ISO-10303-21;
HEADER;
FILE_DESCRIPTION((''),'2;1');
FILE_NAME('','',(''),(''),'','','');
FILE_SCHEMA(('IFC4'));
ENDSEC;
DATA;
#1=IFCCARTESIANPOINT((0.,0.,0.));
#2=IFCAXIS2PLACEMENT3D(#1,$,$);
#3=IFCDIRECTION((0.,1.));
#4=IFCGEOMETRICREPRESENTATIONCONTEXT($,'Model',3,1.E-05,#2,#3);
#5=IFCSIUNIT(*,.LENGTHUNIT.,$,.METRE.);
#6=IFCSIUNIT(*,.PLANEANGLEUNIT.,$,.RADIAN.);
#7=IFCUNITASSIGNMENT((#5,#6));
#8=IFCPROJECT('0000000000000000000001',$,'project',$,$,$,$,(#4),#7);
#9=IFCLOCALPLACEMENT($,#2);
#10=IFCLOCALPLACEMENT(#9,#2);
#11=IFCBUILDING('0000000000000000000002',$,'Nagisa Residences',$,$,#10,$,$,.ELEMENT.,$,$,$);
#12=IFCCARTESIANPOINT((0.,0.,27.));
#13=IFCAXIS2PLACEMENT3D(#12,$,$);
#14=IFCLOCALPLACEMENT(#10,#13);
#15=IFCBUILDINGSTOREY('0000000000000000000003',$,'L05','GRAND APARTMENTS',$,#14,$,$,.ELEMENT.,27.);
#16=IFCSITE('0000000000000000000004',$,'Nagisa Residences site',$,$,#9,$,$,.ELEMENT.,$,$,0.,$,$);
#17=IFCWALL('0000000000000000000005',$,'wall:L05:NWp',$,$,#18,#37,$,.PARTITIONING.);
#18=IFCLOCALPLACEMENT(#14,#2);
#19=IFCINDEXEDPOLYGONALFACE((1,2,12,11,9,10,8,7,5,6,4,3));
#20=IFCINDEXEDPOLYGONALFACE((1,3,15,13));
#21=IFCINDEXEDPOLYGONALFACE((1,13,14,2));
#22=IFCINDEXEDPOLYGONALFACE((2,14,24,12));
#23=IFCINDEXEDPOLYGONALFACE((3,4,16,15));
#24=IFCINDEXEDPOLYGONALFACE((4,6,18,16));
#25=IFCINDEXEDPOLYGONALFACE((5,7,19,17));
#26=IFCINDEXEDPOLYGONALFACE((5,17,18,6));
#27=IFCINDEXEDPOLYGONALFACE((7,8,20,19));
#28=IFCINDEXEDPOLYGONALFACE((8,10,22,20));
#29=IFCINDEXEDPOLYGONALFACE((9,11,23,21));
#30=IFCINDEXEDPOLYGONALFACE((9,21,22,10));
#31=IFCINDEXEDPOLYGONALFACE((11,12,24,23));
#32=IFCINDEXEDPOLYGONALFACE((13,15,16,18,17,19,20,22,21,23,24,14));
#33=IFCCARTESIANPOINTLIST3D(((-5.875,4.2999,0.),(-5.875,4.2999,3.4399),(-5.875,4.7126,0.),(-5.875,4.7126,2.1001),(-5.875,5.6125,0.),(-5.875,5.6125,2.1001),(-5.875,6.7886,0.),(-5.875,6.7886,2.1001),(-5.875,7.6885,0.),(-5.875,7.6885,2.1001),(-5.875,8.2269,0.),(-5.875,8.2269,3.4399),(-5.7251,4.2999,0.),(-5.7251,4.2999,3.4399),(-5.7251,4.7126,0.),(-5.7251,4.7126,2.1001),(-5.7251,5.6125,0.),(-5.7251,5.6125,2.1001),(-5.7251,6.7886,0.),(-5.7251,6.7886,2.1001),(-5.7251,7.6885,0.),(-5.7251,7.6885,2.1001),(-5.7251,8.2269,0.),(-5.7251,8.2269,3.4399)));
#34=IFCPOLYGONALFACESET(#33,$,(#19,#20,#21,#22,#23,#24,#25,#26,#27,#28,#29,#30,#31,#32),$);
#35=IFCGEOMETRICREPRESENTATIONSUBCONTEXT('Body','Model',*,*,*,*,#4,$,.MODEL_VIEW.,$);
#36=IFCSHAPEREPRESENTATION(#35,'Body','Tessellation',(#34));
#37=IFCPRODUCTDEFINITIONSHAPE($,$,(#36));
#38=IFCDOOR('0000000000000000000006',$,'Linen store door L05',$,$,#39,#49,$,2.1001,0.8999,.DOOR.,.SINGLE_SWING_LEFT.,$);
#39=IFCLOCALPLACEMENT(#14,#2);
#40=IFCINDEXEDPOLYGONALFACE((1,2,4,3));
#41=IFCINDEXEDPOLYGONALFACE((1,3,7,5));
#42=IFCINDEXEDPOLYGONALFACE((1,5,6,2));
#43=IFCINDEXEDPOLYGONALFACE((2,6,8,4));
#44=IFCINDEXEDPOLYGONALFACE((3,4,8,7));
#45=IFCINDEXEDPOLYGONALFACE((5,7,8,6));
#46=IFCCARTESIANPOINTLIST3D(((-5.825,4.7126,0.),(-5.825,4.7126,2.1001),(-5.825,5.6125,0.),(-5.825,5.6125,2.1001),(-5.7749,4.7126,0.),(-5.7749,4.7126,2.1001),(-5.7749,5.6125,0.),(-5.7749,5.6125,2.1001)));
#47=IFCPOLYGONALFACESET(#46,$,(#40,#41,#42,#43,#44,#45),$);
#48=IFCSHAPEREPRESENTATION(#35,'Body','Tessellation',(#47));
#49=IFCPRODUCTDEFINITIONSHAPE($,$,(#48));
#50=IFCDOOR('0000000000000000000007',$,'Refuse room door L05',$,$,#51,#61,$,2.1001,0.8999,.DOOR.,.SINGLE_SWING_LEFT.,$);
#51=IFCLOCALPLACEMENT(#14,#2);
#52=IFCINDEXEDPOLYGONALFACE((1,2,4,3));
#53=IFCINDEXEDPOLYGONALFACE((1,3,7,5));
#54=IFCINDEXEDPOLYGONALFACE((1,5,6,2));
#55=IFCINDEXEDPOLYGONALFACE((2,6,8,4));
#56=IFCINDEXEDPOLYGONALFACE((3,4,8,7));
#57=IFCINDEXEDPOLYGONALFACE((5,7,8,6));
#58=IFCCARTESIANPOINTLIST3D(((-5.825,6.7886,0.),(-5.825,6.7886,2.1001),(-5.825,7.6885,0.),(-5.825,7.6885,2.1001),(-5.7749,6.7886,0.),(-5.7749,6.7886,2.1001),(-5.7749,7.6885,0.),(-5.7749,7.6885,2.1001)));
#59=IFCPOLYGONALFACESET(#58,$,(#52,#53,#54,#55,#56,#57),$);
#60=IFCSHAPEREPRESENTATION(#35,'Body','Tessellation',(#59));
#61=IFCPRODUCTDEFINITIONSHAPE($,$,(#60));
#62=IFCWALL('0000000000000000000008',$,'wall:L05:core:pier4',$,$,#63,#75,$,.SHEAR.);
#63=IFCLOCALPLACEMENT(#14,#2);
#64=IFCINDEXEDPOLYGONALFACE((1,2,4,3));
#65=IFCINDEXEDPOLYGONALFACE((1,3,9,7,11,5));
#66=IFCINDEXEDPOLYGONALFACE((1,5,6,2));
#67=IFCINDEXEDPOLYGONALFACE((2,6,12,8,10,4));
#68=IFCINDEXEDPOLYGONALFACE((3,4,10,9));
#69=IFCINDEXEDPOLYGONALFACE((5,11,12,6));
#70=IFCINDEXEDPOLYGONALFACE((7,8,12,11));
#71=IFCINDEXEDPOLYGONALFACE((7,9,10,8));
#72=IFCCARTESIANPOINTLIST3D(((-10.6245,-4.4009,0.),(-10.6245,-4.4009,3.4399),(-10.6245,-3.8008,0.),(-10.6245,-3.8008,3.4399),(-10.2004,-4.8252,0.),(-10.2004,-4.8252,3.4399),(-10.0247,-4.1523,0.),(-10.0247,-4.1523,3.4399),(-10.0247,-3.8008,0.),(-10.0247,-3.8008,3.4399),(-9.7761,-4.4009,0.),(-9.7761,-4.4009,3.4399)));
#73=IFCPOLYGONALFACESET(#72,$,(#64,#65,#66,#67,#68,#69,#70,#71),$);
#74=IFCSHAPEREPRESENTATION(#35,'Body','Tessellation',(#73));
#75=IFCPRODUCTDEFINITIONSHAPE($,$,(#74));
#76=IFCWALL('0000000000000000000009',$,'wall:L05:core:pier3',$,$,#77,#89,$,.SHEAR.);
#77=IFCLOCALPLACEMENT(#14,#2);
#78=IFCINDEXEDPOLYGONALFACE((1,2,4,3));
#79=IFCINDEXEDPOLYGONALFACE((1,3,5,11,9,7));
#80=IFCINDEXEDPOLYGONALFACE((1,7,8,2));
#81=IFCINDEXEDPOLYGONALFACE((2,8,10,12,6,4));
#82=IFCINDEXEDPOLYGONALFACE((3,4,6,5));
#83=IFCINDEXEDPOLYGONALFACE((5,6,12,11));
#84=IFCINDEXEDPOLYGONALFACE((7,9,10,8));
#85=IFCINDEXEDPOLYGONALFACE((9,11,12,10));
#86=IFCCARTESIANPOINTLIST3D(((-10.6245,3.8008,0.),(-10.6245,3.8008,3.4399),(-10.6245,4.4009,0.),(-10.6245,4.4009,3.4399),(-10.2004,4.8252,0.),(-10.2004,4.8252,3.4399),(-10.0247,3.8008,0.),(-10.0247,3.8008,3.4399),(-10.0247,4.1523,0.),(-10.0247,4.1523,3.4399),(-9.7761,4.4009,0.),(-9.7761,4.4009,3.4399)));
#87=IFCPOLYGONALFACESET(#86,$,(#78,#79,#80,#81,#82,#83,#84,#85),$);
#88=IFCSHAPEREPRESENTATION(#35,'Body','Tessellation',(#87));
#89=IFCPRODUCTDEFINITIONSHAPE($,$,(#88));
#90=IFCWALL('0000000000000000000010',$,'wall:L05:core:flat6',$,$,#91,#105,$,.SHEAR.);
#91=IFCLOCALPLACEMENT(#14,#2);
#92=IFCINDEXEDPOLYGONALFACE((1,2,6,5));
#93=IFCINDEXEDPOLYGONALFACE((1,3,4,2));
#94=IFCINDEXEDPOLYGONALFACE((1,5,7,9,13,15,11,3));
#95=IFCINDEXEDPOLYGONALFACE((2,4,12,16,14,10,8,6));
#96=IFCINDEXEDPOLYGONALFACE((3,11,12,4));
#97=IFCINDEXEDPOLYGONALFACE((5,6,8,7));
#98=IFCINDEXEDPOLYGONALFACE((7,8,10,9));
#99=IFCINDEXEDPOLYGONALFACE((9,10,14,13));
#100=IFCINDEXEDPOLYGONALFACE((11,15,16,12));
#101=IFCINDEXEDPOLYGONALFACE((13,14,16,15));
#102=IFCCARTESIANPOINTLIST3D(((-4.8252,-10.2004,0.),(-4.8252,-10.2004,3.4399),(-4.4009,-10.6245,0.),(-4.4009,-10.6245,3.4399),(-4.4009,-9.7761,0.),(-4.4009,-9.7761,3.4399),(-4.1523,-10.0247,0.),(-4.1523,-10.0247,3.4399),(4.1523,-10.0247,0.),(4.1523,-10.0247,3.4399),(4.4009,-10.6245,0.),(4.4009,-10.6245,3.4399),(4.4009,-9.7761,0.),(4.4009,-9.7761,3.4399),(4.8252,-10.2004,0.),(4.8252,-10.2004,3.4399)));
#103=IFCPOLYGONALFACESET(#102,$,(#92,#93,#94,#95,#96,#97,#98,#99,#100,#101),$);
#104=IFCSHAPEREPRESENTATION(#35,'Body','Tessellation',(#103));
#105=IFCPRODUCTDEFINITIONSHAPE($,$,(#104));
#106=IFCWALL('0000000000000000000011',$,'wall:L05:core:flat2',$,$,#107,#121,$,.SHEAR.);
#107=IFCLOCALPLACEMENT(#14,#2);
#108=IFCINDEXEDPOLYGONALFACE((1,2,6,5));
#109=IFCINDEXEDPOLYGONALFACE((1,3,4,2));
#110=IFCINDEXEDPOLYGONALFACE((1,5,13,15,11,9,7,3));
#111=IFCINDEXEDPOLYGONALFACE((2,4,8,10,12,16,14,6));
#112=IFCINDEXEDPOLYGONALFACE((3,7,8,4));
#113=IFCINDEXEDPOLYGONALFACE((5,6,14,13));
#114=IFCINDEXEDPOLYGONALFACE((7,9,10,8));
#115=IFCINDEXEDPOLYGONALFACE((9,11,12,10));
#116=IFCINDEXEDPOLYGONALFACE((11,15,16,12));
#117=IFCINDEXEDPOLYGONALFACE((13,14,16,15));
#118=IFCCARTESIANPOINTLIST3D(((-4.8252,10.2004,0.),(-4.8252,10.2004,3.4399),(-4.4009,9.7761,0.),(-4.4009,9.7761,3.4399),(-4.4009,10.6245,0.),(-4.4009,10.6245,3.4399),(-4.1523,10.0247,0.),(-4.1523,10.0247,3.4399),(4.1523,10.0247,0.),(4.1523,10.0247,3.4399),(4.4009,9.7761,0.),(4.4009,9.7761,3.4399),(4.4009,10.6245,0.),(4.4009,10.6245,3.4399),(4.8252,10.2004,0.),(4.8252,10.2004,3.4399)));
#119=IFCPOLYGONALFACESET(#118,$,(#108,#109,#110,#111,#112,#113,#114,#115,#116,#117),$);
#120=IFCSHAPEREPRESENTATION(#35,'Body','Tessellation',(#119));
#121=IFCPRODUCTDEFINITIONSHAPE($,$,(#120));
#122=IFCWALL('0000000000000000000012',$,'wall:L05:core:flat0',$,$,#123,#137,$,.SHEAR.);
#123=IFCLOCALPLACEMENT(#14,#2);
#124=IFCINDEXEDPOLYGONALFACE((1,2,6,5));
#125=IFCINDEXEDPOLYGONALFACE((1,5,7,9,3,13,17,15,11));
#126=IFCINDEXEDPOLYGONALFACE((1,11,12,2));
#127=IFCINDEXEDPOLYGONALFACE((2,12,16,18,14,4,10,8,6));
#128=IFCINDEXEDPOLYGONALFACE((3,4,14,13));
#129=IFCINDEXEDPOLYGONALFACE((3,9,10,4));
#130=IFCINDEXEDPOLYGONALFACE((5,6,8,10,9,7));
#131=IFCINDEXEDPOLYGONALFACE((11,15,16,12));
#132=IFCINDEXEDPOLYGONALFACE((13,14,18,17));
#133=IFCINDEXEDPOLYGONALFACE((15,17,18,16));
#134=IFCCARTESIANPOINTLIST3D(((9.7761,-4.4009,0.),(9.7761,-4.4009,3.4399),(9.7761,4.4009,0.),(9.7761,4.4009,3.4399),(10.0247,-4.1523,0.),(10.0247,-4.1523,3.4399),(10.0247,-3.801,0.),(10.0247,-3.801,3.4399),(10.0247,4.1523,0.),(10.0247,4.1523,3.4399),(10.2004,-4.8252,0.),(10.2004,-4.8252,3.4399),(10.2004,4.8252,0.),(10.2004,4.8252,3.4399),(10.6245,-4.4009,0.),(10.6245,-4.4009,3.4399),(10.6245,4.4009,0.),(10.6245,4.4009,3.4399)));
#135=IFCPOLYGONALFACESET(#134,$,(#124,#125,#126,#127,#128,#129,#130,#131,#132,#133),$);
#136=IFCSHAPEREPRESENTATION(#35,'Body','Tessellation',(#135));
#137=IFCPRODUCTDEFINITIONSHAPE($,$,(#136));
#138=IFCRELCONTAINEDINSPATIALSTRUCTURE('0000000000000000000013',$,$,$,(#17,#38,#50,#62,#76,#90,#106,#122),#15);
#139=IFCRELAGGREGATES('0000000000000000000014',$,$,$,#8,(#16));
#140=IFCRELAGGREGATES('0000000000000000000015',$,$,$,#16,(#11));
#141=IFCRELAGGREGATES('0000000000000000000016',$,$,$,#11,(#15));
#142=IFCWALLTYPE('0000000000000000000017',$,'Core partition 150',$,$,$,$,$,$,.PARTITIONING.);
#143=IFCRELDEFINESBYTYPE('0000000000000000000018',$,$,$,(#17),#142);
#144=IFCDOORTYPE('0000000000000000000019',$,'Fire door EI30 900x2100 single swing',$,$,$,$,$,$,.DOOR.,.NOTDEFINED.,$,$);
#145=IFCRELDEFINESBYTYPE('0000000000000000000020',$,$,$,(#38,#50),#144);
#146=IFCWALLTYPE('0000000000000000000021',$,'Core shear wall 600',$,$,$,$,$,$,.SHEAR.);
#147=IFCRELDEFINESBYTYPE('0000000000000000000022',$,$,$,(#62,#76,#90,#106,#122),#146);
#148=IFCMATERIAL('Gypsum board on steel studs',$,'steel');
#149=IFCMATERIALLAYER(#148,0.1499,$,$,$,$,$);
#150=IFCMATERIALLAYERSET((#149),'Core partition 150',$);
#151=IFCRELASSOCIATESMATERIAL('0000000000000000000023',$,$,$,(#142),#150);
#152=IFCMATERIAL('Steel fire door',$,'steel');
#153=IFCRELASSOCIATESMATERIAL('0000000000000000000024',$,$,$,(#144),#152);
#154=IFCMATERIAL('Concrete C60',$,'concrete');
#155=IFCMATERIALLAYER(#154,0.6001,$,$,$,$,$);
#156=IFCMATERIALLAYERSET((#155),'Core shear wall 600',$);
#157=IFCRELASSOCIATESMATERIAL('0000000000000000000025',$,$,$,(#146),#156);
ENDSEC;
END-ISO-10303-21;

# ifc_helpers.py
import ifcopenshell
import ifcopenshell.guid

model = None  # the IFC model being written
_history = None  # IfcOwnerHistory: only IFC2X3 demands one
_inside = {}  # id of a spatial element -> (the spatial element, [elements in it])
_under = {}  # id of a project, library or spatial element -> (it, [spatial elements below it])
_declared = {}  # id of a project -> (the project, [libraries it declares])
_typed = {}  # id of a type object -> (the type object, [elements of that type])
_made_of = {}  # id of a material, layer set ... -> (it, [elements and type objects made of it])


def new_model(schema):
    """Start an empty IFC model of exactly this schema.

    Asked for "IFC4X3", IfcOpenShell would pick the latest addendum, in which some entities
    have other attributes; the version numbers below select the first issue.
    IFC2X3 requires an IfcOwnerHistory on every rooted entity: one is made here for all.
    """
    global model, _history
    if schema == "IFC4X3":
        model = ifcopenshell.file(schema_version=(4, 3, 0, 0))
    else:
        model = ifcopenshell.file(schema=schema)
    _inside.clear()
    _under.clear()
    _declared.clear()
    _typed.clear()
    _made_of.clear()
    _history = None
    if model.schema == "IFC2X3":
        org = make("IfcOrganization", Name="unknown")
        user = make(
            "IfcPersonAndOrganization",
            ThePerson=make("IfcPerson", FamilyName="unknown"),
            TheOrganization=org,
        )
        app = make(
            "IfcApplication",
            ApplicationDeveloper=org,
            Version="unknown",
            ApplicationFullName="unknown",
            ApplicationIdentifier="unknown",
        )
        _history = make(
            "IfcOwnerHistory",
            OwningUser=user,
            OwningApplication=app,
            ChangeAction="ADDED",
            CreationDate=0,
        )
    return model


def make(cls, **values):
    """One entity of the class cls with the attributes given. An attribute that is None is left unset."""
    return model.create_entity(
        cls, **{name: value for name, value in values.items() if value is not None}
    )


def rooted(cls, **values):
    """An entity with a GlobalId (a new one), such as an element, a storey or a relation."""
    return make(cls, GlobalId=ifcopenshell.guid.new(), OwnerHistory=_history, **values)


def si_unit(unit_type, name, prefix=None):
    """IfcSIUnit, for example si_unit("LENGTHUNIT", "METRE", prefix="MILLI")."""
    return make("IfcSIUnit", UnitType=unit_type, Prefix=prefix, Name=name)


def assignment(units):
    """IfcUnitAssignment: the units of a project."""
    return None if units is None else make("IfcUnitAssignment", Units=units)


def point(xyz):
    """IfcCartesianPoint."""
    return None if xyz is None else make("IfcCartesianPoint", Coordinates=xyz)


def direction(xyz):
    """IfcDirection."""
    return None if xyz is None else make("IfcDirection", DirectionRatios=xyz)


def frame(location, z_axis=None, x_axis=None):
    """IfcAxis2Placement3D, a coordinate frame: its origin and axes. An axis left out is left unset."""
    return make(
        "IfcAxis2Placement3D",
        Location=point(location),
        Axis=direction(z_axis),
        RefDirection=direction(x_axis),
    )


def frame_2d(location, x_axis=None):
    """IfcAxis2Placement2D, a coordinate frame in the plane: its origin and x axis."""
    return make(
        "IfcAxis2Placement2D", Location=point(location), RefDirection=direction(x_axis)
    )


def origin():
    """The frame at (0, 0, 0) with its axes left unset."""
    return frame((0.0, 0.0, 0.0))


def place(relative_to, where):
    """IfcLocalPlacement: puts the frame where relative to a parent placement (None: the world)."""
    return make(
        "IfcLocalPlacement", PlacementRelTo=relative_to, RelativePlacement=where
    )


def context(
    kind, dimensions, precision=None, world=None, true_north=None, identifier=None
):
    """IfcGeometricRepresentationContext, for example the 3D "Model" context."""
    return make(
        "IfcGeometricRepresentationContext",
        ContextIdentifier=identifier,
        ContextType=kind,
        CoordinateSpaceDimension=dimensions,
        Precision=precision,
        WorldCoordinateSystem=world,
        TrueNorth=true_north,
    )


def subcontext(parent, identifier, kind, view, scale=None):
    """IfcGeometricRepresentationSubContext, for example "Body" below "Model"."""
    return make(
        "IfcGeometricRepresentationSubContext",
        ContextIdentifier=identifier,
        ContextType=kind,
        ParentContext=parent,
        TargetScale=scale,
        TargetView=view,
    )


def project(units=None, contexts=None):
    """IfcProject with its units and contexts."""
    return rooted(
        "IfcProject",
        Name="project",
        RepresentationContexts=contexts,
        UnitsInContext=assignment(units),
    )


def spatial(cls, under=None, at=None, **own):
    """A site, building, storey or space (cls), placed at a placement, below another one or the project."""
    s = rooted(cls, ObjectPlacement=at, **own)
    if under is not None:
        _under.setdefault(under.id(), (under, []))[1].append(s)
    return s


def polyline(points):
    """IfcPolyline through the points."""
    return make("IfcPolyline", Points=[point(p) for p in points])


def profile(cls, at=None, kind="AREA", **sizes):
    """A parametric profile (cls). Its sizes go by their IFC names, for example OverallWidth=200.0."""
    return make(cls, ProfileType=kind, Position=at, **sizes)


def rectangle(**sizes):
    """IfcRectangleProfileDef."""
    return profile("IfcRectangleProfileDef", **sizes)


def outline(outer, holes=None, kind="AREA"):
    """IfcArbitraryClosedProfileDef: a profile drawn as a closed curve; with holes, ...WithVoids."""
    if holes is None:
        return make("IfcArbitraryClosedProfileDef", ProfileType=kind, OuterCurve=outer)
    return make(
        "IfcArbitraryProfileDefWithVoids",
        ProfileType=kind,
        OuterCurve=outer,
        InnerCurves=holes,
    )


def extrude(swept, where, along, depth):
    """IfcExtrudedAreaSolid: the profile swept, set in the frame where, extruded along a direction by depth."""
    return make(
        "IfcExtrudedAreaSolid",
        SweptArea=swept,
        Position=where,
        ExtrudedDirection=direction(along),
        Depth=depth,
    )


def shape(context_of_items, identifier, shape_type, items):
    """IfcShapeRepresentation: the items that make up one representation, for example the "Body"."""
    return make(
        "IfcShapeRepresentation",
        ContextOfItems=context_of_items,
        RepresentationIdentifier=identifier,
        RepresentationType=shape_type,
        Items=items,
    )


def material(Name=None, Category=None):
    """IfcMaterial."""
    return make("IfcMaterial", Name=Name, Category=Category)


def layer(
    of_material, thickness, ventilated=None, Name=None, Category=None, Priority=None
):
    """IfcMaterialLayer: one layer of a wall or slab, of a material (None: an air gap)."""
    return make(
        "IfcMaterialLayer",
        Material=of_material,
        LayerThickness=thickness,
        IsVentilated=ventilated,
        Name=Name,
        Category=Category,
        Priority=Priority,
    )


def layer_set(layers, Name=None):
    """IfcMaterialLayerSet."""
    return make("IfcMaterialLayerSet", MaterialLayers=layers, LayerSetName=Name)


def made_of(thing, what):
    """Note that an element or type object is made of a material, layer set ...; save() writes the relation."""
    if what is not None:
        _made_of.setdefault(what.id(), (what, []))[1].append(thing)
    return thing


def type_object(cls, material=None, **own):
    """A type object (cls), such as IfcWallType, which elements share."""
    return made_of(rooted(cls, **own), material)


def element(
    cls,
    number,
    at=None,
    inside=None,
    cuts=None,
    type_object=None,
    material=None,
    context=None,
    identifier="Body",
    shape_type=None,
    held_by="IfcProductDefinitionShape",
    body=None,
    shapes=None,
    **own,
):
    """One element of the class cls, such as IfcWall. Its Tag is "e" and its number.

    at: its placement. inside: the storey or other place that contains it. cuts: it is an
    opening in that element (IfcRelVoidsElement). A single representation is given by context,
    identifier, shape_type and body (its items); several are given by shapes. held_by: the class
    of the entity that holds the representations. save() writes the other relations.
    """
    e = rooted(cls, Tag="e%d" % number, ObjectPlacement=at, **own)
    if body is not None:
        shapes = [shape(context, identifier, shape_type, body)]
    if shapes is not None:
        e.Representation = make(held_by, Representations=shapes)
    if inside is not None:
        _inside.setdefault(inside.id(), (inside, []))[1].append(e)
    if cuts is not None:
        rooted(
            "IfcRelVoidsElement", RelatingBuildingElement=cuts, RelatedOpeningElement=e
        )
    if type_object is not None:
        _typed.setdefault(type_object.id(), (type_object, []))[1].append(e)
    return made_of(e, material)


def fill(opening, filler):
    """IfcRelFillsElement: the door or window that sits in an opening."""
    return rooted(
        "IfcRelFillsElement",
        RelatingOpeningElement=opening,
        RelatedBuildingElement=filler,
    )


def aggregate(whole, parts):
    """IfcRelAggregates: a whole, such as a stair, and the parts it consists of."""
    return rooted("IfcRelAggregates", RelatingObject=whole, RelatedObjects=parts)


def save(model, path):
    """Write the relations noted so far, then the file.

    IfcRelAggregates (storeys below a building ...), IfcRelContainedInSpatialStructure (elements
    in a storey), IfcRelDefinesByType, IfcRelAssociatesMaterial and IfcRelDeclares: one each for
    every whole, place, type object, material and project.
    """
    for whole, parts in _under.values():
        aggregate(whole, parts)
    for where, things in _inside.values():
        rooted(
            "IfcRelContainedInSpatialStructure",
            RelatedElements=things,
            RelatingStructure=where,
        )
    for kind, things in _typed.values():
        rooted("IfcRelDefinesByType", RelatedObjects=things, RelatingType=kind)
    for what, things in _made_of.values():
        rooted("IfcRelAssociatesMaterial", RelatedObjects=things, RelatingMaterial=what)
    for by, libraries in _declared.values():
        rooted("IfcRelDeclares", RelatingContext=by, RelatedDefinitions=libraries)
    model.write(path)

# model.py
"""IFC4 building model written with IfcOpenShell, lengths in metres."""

from ifc_helpers import new_model, si_unit, direction, frame, frame_2d, origin, place, context, subcontext, project, spatial, polyline, rectangle, outline, extrude, material, layer, layer_set, type_object, element, fill, save


model = new_model("IFC4")

# Units and contexts
model_context = context("Model", 3, precision=1e-05, world=origin(), true_north=direction((0.0, 1.0)))
body_context = subcontext(model_context, "Body", "Model", "MODEL_VIEW")
ifc_project = project(units=[si_unit("LENGTHUNIT", "METRE"), si_unit("PLANEANGLEUNIT", "RADIAN")], contexts=[model_context])

# Site, building, storey
site_placement = place(None, origin())
site = spatial("IfcSite", under=ifc_project, at=site_placement, Name="Nagisa Residences site", CompositionType="ELEMENT", RefElevation=0.0)
building_placement = place(site_placement, origin())
building = spatial("IfcBuilding", under=site, at=building_placement, Name="Nagisa Residences", CompositionType="ELEMENT")
storey_placement = place(building_placement, frame((0.0, 0.0, 27.0)))
storey = spatial("IfcBuildingStorey", under=building, at=storey_placement, Name="L05", Description="GRAND APARTMENTS", CompositionType="ELEMENT", Elevation=27.0)

# Wall, openings, doors
ifc_material_1 = material(Name="Gypsum board on steel studs", Category="steel")
ifc_layer_1 = layer(ifc_material_1, 0.1499)
ifc_layer_set_1 = layer_set([ifc_layer_1], Name="Core partition 150")
wall_type_1 = type_object("IfcWallType", Name="Core partition 150", PredefinedType="PARTITIONING", material=ifc_layer_set_1)
wall_1_placement = place(storey_placement, frame((-5.8, 4.3, 0.0), z_axis=(0.0, 0.0, 1.0), x_axis=(0.0, 1.0, 0.0)))
wall_1 = element("IfcWall", 1, at=wall_1_placement, inside=storey, type_object=wall_type_1, Name="wall:L05:NWp", PredefinedType="PARTITIONING", context=body_context, shape_type="SweptSolid", body=[
    extrude(rectangle(XDim=3.927, YDim=0.1499, at=frame_2d((1.9634, 0.0))), origin(), (0.0, 0.0, 1.0), 3.4399),
])
opening_1_placement = place(wall_1_placement, frame((0.4126, 0.0, 0.0)))
opening_1 = element("IfcOpeningElement", 2, at=opening_1_placement, cuts=wall_1, PredefinedType="OPENING", context=body_context, shape_type="SweptSolid", body=[
    extrude(rectangle(XDim=0.8999, YDim=2.1001, at=frame_2d((0.45, 1.05))), frame((0.0, 0.085, 0.0), z_axis=(0.0, -1.0, 0.0), x_axis=(1.0, 0.0, 0.0)), (0.0, 0.0, 1.0), 0.1699),
])
opening_2_placement = place(wall_1_placement, frame((2.4885, 0.0, 0.0)))
opening_2 = element("IfcOpeningElement", 3, at=opening_2_placement, cuts=wall_1, PredefinedType="OPENING", context=body_context, shape_type="SweptSolid", body=[
    extrude(rectangle(XDim=0.8999, YDim=2.1001, at=frame_2d((0.45, 1.05))), frame((0.0, 0.085, 0.0), z_axis=(0.0, -1.0, 0.0), x_axis=(1.0, 0.0, 0.0)), (0.0, 0.0, 1.0), 0.1699),
])
ifc_material_2 = material(Name="Steel fire door", Category="steel")
door_type_1 = type_object("IfcDoorType", Name="Fire door EI30 900x2100 single swing", OperationType="NOTDEFINED", PredefinedType="DOOR", material=ifc_material_2)
door_1_placement = place(opening_1_placement, origin())
door_1 = element("IfcDoor", 4, at=door_1_placement, inside=storey, type_object=door_type_1, Name="Linen store door L05", OperationType="SINGLE_SWING_LEFT", OverallHeight=2.1001, OverallWidth=0.8999, PredefinedType="DOOR", context=body_context, shape_type="SweptSolid", body=[
    extrude(rectangle(XDim=0.8999, YDim=2.1001, at=frame_2d((0.45, 1.05))), frame((0.0, 0.0249, 0.0), z_axis=(0.0, -1.0, 0.0), x_axis=(1.0, 0.0, 0.0)), (0.0, 0.0, 1.0), 0.05),
])
fill(opening_1, door_1)
door_2_placement = place(opening_2_placement, origin())
door_2 = element("IfcDoor", 5, at=door_2_placement, inside=storey, type_object=door_type_1, Name="Refuse room door L05", OperationType="SINGLE_SWING_LEFT", OverallHeight=2.1001, OverallWidth=0.8999, PredefinedType="DOOR", context=body_context, shape_type="SweptSolid", body=[
    extrude(rectangle(XDim=0.8999, YDim=2.1001, at=frame_2d((0.45, 1.05))), frame((0.0, 0.0249, 0.0), z_axis=(0.0, -1.0, 0.0), x_axis=(1.0, 0.0, 0.0)), (0.0, 0.0, 1.0), 0.05),
])
fill(opening_2, door_2)

# Walls
ifc_material_3 = material(Name="Concrete C60", Category="concrete")
ifc_layer_2 = layer(ifc_material_3, 0.6001)
ifc_layer_set_2 = layer_set([ifc_layer_2], Name="Core shear wall 600")
wall_type_2 = type_object("IfcWallType", Name="Core shear wall 600", PredefinedType="SHEAR", material=ifc_layer_set_2)
wall_2_placement = place(storey_placement, origin())
element("IfcWall", 6, at=wall_2_placement, inside=storey, type_object=wall_type_2, Name="wall:L05:core:pier4", PredefinedType="SHEAR", context=body_context, shape_type="SweptSolid", body=[
    extrude(outline(polyline([(-10.6245, -3.8008), (-10.0247, -3.8008), (-10.0247, -4.1523), (-9.7761, -4.4009), (-10.2004, -4.8252), (-10.6245, -4.4009), (-10.6245, -3.8008)])), origin(), (0.0, 0.0, 1.0), 3.4399),
])
wall_3_placement = place(storey_placement, origin())
element("IfcWall", 7, at=wall_3_placement, inside=storey, type_object=wall_type_2, Name="wall:L05:core:pier3", PredefinedType="SHEAR", context=body_context, shape_type="SweptSolid", body=[
    extrude(outline(polyline([(-10.2004, 4.8252), (-9.7761, 4.4009), (-10.0247, 4.1523), (-10.0247, 3.8008), (-10.6245, 3.8008), (-10.6245, 4.4009), (-10.2004, 4.8252)])), origin(), (0.0, 0.0, 1.0), 3.4399),
])
wall_4_placement = place(storey_placement, origin())
element("IfcWall", 8, at=wall_4_placement, inside=storey, type_object=wall_type_2, Name="wall:L05:core:flat6", PredefinedType="SHEAR", context=body_context, shape_type="SweptSolid", body=[
    extrude(outline(polyline([(-4.1523, -10.0247), (4.1523, -10.0247), (4.4009, -9.7761), (4.8252, -10.2004), (4.4009, -10.6245), (-4.4009, -10.6245), (-4.8252, -10.2004), (-4.4009, -9.7761), (-4.1523, -10.0247)])), origin(), (0.0, 0.0, 1.0), 3.4399),
])
wall_5_placement = place(storey_placement, origin())
element("IfcWall", 9, at=wall_5_placement, inside=storey, type_object=wall_type_2, Name="wall:L05:core:flat2", PredefinedType="SHEAR", context=body_context, shape_type="SweptSolid", body=[
    extrude(outline(polyline([(-4.1523, 10.0247), (-4.4009, 9.7761), (-4.8252, 10.2004), (-4.4009, 10.6245), (4.4009, 10.6245), (4.8252, 10.2004), (4.4009, 9.7761), (4.1523, 10.0247), (-4.1523, 10.0247)])), origin(), (0.0, 0.0, 1.0), 3.4399),
])
wall_6_placement = place(storey_placement, origin())
element("IfcWall", 10, at=wall_6_placement, inside=storey, type_object=wall_type_2, Name="wall:L05:core:flat0", PredefinedType="SHEAR", context=body_context, shape_type="SweptSolid", body=[
    extrude(outline(polyline([(9.7761, -4.4009), (10.0247, -4.1523), (10.0247, -3.801), (10.0247, 4.1523), (9.7761, 4.4009), (10.2004, 4.8252), (10.6245, 4.4009), (10.6245, -4.4009), (10.2004, -4.8252), (9.7761, -4.4009)])), origin(), (0.0, 0.0, 1.0), 3.4399),
])

save(model, "model.ifc")
